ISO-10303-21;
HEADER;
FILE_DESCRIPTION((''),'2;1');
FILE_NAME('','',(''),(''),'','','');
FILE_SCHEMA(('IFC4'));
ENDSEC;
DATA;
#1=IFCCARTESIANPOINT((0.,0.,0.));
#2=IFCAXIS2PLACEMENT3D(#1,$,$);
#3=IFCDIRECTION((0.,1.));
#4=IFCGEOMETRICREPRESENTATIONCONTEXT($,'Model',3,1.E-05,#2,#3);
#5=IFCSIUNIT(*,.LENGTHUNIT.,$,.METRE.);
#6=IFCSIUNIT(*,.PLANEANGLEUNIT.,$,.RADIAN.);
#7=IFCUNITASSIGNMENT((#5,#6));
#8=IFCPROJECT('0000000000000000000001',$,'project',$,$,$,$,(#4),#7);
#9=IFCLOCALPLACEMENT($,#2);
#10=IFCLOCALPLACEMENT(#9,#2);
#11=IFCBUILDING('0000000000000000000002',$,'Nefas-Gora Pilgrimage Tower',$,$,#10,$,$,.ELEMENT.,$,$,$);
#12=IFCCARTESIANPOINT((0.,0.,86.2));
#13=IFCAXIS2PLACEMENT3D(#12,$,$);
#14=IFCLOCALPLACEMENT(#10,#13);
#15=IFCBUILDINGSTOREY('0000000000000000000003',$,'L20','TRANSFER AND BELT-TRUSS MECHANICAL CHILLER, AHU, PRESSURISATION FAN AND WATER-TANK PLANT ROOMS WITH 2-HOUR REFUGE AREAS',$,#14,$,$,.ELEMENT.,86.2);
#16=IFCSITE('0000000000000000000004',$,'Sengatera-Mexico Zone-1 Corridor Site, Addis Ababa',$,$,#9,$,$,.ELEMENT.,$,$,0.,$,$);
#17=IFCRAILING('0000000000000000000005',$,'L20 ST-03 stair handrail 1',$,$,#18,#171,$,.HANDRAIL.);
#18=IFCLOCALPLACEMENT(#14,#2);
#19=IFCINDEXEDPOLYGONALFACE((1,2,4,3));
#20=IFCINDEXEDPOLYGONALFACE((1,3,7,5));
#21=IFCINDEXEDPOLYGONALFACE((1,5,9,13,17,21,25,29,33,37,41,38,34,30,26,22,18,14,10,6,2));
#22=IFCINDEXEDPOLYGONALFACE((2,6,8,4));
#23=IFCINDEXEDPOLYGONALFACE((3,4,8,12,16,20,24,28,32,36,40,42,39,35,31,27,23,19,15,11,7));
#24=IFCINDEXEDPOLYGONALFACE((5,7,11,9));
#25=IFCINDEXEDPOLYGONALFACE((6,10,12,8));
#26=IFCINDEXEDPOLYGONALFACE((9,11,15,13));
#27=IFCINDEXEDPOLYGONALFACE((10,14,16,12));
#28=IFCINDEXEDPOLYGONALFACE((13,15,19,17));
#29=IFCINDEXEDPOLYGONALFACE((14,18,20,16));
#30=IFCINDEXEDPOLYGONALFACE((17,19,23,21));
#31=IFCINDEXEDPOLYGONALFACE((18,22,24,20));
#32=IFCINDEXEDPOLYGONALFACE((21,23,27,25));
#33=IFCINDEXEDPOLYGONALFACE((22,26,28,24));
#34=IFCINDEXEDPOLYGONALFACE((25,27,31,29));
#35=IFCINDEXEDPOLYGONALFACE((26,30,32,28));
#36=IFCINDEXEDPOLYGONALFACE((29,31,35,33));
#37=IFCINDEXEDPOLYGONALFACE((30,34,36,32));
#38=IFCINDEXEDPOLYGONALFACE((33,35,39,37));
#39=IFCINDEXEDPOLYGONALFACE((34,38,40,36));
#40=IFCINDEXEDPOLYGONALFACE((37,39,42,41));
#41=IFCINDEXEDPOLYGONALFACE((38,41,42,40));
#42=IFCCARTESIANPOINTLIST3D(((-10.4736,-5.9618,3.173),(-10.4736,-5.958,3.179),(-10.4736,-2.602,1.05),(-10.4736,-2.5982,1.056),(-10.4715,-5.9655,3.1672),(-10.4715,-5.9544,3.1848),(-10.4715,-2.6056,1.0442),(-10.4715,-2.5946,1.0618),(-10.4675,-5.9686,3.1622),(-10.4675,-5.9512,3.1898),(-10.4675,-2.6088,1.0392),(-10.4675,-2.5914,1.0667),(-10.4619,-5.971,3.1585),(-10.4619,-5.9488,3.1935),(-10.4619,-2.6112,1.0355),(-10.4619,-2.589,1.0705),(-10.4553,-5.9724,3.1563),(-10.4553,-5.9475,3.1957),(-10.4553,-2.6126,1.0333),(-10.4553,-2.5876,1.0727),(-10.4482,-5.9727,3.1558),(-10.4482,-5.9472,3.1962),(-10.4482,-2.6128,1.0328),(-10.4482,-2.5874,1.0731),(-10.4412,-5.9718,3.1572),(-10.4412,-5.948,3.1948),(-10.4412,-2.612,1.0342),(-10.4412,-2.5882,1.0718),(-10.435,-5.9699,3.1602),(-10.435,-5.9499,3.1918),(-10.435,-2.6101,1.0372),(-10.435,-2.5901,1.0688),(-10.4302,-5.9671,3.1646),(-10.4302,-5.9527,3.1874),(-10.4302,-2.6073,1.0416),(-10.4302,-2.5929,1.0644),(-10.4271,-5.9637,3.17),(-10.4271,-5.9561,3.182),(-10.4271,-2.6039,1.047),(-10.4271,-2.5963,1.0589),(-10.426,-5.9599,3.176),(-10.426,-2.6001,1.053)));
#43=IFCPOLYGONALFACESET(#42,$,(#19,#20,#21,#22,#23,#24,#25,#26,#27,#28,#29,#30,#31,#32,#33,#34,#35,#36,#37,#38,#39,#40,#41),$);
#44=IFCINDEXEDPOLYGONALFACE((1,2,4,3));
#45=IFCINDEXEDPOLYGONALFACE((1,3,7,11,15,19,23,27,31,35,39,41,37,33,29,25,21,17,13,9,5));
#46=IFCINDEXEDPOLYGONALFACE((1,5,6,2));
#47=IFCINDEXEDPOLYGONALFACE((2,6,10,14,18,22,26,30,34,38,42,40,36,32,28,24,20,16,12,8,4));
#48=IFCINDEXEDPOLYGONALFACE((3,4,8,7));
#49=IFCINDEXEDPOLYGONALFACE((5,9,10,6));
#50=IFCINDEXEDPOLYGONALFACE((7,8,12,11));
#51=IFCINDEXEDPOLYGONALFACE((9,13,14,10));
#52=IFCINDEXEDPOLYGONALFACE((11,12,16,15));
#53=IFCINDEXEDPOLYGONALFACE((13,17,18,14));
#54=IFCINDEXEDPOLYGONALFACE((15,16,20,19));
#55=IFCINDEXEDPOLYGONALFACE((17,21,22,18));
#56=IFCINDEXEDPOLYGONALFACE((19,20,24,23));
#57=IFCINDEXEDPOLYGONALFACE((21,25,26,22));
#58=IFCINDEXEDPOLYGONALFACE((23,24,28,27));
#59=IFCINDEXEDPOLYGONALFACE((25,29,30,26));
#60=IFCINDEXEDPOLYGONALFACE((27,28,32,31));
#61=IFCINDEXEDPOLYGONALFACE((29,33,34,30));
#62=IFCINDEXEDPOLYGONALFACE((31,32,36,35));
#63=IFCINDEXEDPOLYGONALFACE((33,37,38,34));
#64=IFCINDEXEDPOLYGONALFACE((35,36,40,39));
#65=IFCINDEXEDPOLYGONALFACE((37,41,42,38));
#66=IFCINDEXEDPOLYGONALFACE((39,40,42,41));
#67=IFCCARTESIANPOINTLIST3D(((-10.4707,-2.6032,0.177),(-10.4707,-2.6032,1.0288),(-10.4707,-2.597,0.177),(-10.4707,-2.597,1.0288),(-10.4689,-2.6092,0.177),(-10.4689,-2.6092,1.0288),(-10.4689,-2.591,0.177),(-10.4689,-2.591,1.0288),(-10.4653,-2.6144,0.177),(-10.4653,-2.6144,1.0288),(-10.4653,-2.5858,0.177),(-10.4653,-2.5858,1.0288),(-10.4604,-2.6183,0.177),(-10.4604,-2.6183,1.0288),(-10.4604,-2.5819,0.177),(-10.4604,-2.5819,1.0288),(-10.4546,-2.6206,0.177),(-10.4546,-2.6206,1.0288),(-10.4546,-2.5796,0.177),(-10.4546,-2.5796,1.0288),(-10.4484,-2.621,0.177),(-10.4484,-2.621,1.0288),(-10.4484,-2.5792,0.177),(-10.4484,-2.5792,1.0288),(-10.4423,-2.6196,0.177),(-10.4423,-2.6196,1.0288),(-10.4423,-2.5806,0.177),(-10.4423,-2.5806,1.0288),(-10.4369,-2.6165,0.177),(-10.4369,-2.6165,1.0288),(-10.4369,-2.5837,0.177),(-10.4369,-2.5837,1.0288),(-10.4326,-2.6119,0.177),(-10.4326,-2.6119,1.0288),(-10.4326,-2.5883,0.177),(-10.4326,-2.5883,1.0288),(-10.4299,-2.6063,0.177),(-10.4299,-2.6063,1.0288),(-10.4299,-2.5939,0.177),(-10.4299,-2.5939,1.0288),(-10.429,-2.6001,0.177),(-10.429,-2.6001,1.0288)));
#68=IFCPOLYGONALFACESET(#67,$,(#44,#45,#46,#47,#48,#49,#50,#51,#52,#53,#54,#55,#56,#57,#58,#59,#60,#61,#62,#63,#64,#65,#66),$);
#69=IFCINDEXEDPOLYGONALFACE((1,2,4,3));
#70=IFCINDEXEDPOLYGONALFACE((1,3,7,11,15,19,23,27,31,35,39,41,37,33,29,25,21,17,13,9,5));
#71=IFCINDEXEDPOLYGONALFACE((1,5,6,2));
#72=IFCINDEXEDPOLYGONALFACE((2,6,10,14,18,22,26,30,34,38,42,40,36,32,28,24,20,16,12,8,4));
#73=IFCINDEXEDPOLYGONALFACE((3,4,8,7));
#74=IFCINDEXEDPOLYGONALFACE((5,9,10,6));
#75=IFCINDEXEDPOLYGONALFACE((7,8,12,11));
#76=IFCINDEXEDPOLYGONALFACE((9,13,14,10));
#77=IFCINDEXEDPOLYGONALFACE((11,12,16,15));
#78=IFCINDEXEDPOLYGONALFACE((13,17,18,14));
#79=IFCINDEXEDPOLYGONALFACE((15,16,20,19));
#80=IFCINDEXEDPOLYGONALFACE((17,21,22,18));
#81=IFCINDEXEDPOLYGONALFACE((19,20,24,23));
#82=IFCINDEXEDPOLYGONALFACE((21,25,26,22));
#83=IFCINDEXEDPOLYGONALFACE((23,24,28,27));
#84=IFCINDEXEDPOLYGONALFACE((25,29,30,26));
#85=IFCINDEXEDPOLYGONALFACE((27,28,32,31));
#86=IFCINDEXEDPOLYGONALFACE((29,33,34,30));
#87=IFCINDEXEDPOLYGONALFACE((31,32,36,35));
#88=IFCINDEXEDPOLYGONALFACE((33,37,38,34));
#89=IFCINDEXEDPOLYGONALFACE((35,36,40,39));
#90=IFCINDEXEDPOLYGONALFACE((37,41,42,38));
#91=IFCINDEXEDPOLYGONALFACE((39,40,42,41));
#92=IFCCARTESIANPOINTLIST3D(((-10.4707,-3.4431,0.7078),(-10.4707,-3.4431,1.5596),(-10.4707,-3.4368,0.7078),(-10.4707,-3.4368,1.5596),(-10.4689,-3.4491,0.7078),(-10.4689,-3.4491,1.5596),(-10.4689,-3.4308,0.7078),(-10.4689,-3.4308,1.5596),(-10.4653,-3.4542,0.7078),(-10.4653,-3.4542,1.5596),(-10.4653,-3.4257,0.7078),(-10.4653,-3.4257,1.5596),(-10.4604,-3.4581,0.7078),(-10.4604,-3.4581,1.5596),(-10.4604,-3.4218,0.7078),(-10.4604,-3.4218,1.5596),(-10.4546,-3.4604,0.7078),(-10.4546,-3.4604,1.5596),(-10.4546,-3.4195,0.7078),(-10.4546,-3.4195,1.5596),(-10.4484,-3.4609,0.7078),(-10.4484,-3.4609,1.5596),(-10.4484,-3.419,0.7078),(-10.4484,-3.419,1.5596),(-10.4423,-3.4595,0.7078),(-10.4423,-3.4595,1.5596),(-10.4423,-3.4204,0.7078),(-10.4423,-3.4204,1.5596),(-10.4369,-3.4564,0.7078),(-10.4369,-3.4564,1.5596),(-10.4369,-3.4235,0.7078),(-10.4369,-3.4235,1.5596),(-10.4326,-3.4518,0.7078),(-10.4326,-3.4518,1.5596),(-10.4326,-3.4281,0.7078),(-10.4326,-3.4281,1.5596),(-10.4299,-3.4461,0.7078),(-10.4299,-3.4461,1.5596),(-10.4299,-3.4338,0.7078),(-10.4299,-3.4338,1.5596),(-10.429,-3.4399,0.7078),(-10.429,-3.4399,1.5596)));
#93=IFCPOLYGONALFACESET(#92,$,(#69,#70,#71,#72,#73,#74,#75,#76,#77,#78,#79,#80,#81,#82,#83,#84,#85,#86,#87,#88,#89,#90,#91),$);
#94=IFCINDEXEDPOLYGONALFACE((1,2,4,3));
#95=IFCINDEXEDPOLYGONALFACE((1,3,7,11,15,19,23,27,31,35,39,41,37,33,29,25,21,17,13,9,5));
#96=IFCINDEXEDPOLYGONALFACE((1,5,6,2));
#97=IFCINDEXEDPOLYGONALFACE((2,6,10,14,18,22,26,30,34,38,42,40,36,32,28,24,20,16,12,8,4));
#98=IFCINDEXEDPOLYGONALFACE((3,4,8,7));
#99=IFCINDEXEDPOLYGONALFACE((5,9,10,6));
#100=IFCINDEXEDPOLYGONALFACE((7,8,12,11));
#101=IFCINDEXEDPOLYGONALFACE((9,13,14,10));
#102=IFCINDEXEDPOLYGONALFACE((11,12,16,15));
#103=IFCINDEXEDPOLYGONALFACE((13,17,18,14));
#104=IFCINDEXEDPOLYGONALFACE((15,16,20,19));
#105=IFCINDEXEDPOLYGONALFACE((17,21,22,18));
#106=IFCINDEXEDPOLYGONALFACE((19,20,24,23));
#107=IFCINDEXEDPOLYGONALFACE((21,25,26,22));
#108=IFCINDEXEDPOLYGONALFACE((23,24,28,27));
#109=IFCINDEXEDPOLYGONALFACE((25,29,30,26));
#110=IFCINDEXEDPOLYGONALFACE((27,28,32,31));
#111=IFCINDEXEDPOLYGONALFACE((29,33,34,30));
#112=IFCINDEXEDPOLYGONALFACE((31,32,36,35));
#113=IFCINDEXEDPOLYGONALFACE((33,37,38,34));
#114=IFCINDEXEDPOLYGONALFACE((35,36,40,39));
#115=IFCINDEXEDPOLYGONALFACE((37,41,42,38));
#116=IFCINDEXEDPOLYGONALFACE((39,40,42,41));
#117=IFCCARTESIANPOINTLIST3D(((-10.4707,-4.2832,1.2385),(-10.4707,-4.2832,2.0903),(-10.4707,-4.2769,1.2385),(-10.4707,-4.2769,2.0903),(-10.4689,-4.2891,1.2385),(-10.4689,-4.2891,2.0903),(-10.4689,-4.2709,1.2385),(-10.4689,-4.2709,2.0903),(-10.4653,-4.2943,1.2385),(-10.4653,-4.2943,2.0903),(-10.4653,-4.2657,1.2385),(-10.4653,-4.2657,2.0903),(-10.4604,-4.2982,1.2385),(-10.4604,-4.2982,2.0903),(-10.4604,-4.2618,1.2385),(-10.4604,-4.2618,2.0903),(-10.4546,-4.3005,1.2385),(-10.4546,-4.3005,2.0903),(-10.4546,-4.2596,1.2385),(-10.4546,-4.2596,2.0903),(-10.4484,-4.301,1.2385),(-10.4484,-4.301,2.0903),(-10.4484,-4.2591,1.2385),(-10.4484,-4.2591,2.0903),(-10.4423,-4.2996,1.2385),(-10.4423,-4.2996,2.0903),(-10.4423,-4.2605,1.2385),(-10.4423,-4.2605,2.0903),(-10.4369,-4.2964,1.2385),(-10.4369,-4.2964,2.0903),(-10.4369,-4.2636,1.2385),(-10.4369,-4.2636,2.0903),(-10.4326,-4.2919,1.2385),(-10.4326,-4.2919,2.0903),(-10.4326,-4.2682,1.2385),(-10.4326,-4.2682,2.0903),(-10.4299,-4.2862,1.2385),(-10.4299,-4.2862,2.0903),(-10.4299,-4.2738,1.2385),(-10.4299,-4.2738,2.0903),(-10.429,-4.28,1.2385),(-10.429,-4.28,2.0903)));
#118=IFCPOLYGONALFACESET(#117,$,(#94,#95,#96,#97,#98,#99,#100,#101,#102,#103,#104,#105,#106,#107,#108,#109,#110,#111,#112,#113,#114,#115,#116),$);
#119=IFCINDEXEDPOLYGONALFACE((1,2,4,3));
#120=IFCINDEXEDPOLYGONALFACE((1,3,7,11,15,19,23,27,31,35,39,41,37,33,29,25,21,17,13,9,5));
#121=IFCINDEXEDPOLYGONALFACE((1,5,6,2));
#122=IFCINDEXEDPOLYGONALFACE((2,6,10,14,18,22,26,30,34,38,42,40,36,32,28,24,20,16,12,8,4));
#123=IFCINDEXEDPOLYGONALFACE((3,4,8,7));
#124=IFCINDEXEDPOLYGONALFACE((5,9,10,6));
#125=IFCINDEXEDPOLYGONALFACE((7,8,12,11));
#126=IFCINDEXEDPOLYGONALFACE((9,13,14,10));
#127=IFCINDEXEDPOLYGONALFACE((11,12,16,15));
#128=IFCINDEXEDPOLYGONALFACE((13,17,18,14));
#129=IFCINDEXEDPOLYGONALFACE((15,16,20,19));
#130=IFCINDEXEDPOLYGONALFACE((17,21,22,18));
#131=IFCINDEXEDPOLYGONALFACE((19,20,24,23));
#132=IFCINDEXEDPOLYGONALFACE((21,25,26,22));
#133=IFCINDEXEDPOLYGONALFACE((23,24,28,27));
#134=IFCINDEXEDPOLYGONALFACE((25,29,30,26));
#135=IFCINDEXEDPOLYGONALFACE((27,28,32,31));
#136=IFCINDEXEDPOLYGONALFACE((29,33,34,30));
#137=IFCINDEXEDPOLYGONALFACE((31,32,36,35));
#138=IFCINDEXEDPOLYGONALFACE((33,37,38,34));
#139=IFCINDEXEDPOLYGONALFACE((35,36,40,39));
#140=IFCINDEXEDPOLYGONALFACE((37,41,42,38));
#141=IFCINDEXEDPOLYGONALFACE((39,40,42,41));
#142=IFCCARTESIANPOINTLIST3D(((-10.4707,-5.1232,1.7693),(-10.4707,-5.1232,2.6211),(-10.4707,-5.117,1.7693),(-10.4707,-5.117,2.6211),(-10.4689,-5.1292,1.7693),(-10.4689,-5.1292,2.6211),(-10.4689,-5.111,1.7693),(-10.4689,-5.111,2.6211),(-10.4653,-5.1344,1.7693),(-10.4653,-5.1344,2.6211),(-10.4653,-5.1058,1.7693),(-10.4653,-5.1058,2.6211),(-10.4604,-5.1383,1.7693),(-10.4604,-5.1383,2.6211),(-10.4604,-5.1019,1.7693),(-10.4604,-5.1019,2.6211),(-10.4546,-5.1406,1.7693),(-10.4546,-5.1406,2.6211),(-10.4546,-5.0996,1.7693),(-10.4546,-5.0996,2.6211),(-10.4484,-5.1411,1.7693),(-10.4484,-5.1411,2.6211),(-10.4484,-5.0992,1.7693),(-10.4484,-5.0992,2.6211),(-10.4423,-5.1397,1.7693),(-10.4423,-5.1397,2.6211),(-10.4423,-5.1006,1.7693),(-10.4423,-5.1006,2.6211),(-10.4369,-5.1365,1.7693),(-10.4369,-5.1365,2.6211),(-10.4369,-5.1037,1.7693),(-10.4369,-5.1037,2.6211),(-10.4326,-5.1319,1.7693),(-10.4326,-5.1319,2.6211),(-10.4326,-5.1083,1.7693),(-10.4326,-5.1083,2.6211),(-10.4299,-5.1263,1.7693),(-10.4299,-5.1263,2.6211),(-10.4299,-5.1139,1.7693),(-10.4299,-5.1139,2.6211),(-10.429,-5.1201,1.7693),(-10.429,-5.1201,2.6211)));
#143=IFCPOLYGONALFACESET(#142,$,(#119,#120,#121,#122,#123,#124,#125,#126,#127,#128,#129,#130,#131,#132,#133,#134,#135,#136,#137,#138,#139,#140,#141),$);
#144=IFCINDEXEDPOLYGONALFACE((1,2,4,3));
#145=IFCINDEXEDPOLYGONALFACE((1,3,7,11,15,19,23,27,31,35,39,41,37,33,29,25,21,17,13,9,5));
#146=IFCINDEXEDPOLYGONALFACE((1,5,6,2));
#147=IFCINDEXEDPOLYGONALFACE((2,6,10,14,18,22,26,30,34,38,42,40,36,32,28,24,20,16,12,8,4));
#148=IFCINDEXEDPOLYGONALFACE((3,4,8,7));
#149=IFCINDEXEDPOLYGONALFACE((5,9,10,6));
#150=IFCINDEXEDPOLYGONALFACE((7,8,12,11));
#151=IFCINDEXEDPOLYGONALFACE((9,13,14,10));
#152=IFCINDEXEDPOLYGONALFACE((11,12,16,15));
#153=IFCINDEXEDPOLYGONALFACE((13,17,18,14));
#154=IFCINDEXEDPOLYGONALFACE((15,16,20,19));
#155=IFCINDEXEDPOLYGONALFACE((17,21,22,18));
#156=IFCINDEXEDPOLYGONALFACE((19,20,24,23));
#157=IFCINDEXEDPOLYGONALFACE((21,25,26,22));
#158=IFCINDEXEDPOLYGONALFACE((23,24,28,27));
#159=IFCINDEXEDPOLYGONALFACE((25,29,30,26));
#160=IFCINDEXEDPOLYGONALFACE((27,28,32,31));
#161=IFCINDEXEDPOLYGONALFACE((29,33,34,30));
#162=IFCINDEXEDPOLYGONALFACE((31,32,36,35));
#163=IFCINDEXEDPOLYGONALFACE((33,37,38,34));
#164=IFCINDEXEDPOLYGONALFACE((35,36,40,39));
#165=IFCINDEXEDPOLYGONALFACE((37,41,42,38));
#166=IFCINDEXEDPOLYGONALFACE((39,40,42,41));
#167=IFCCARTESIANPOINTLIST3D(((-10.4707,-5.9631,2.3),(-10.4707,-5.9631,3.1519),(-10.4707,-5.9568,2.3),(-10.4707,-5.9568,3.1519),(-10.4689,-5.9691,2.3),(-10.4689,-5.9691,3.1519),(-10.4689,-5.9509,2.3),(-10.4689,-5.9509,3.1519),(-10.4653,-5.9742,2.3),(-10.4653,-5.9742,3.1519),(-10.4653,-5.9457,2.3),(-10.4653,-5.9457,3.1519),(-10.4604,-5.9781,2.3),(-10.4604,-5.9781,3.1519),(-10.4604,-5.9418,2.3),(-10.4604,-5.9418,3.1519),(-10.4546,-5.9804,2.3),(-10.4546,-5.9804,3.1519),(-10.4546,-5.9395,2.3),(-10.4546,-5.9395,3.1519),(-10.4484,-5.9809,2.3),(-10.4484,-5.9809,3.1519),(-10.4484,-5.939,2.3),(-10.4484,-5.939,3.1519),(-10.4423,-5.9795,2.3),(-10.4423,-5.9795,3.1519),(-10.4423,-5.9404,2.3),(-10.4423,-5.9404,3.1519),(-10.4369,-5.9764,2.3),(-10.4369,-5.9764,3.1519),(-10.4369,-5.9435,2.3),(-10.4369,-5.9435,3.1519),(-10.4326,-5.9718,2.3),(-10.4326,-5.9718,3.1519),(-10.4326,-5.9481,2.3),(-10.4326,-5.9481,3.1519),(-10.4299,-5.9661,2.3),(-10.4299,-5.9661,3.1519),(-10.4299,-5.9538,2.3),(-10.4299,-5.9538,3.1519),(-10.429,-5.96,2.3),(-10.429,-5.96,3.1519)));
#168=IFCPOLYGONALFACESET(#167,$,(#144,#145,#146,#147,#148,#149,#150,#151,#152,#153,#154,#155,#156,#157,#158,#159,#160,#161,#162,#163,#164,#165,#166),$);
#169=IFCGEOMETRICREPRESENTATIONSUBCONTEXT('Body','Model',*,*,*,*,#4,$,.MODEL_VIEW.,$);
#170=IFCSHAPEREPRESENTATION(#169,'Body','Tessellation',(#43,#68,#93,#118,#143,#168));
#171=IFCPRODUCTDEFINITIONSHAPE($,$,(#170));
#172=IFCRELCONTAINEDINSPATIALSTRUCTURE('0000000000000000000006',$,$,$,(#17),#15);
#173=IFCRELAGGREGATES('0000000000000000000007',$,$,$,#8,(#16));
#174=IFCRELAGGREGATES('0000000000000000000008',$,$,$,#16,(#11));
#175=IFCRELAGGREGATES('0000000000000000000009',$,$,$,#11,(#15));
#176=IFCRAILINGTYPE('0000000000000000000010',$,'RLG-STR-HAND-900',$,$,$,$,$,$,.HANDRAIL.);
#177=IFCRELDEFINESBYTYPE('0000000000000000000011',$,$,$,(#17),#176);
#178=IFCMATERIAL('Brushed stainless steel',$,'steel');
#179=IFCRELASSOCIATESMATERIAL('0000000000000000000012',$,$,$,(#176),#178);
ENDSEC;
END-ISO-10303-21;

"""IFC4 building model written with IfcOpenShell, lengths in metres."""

from ifc_helpers import new_model, si_unit, direction, frame, origin, origin_2d, place, context, subcontext, project, spatial, circle, extrude, material, type_object, element, save


model = new_model("IFC4")

# Units and contexts
model_context = context("Model", 3, precision=1e-05, world=origin(), true_north=direction((0.0, 1.0)))
body_context = subcontext(model_context, "Body", "Model", "MODEL_VIEW")
ifc_project = project(units=[si_unit("LENGTHUNIT", "METRE"), si_unit("PLANEANGLEUNIT", "RADIAN")], contexts=[model_context])

# Site, building, storey
site_placement = place(None, origin())
site = spatial("IfcSite", under=ifc_project, at=site_placement, Name="Sengatera-Mexico Zone-1 Corridor Site, Addis Ababa", CompositionType="ELEMENT", RefElevation=0.0)
building_placement = place(site_placement, origin())
building = spatial("IfcBuilding", under=site, at=building_placement, Name="Nefas-Gora Pilgrimage Tower", CompositionType="ELEMENT")
storey_placement = place(building_placement, frame((0.0, 0.0, 86.2)))
storey = spatial("IfcBuildingStorey", under=building, at=storey_placement, Name="L20", Description="TRANSFER AND BELT-TRUSS MECHANICAL CHILLER, AHU, PRESSURISATION FAN AND WATER-TANK PLANT ROOMS WITH 2-HOUR REFUGE AREAS", CompositionType="ELEMENT", Elevation=86.2)

# Railing
ifc_material_1 = material(Name="Brushed stainless steel", Category="steel")
railing_type_1 = type_object("IfcRailingType", Name="RLG-STR-HAND-900", PredefinedType="HANDRAIL", material=ifc_material_1)
railing_1_placement = place(storey_placement, frame((-10.45, -2.6001, 0.177)))
element("IfcRailing", 1, at=railing_1_placement, inside=storey, type_object=railing_type_1, Name="L20 ST-03 stair handrail 1", PredefinedType="HANDRAIL", context=body_context, shape_type="SweptSolid", body=[
    extrude(circle(Radius=0.0239, at=origin_2d()), frame((0.0, 0.0, 0.876), z_axis=(0.0, -0.845372, 0.534178), x_axis=(1.0, 0.0, 0.0)), (0.0, 0.0, 1.0), 3.9744),
    extrude(circle(Radius=0.021, at=origin_2d()), origin(), (0.0, 0.0, 1.0), 0.8518),
    extrude(circle(Radius=0.021, at=origin_2d()), frame((0.0, -0.8398, 0.5308)), (0.0, 0.0, 1.0), 0.8518),
    extrude(circle(Radius=0.021, at=origin_2d()), frame((0.0, -1.6799, 1.0615)), (0.0, 0.0, 1.0), 0.8518),
    extrude(circle(Radius=0.021, at=origin_2d()), frame((0.0, -2.52, 1.5923)), (0.0, 0.0, 1.0), 0.8518),
    extrude(circle(Radius=0.021, at=origin_2d()), frame((0.0, -3.3599, 2.123)), (0.0, 0.0, 1.0), 0.8518),
])

save(model, "model.ifc")
